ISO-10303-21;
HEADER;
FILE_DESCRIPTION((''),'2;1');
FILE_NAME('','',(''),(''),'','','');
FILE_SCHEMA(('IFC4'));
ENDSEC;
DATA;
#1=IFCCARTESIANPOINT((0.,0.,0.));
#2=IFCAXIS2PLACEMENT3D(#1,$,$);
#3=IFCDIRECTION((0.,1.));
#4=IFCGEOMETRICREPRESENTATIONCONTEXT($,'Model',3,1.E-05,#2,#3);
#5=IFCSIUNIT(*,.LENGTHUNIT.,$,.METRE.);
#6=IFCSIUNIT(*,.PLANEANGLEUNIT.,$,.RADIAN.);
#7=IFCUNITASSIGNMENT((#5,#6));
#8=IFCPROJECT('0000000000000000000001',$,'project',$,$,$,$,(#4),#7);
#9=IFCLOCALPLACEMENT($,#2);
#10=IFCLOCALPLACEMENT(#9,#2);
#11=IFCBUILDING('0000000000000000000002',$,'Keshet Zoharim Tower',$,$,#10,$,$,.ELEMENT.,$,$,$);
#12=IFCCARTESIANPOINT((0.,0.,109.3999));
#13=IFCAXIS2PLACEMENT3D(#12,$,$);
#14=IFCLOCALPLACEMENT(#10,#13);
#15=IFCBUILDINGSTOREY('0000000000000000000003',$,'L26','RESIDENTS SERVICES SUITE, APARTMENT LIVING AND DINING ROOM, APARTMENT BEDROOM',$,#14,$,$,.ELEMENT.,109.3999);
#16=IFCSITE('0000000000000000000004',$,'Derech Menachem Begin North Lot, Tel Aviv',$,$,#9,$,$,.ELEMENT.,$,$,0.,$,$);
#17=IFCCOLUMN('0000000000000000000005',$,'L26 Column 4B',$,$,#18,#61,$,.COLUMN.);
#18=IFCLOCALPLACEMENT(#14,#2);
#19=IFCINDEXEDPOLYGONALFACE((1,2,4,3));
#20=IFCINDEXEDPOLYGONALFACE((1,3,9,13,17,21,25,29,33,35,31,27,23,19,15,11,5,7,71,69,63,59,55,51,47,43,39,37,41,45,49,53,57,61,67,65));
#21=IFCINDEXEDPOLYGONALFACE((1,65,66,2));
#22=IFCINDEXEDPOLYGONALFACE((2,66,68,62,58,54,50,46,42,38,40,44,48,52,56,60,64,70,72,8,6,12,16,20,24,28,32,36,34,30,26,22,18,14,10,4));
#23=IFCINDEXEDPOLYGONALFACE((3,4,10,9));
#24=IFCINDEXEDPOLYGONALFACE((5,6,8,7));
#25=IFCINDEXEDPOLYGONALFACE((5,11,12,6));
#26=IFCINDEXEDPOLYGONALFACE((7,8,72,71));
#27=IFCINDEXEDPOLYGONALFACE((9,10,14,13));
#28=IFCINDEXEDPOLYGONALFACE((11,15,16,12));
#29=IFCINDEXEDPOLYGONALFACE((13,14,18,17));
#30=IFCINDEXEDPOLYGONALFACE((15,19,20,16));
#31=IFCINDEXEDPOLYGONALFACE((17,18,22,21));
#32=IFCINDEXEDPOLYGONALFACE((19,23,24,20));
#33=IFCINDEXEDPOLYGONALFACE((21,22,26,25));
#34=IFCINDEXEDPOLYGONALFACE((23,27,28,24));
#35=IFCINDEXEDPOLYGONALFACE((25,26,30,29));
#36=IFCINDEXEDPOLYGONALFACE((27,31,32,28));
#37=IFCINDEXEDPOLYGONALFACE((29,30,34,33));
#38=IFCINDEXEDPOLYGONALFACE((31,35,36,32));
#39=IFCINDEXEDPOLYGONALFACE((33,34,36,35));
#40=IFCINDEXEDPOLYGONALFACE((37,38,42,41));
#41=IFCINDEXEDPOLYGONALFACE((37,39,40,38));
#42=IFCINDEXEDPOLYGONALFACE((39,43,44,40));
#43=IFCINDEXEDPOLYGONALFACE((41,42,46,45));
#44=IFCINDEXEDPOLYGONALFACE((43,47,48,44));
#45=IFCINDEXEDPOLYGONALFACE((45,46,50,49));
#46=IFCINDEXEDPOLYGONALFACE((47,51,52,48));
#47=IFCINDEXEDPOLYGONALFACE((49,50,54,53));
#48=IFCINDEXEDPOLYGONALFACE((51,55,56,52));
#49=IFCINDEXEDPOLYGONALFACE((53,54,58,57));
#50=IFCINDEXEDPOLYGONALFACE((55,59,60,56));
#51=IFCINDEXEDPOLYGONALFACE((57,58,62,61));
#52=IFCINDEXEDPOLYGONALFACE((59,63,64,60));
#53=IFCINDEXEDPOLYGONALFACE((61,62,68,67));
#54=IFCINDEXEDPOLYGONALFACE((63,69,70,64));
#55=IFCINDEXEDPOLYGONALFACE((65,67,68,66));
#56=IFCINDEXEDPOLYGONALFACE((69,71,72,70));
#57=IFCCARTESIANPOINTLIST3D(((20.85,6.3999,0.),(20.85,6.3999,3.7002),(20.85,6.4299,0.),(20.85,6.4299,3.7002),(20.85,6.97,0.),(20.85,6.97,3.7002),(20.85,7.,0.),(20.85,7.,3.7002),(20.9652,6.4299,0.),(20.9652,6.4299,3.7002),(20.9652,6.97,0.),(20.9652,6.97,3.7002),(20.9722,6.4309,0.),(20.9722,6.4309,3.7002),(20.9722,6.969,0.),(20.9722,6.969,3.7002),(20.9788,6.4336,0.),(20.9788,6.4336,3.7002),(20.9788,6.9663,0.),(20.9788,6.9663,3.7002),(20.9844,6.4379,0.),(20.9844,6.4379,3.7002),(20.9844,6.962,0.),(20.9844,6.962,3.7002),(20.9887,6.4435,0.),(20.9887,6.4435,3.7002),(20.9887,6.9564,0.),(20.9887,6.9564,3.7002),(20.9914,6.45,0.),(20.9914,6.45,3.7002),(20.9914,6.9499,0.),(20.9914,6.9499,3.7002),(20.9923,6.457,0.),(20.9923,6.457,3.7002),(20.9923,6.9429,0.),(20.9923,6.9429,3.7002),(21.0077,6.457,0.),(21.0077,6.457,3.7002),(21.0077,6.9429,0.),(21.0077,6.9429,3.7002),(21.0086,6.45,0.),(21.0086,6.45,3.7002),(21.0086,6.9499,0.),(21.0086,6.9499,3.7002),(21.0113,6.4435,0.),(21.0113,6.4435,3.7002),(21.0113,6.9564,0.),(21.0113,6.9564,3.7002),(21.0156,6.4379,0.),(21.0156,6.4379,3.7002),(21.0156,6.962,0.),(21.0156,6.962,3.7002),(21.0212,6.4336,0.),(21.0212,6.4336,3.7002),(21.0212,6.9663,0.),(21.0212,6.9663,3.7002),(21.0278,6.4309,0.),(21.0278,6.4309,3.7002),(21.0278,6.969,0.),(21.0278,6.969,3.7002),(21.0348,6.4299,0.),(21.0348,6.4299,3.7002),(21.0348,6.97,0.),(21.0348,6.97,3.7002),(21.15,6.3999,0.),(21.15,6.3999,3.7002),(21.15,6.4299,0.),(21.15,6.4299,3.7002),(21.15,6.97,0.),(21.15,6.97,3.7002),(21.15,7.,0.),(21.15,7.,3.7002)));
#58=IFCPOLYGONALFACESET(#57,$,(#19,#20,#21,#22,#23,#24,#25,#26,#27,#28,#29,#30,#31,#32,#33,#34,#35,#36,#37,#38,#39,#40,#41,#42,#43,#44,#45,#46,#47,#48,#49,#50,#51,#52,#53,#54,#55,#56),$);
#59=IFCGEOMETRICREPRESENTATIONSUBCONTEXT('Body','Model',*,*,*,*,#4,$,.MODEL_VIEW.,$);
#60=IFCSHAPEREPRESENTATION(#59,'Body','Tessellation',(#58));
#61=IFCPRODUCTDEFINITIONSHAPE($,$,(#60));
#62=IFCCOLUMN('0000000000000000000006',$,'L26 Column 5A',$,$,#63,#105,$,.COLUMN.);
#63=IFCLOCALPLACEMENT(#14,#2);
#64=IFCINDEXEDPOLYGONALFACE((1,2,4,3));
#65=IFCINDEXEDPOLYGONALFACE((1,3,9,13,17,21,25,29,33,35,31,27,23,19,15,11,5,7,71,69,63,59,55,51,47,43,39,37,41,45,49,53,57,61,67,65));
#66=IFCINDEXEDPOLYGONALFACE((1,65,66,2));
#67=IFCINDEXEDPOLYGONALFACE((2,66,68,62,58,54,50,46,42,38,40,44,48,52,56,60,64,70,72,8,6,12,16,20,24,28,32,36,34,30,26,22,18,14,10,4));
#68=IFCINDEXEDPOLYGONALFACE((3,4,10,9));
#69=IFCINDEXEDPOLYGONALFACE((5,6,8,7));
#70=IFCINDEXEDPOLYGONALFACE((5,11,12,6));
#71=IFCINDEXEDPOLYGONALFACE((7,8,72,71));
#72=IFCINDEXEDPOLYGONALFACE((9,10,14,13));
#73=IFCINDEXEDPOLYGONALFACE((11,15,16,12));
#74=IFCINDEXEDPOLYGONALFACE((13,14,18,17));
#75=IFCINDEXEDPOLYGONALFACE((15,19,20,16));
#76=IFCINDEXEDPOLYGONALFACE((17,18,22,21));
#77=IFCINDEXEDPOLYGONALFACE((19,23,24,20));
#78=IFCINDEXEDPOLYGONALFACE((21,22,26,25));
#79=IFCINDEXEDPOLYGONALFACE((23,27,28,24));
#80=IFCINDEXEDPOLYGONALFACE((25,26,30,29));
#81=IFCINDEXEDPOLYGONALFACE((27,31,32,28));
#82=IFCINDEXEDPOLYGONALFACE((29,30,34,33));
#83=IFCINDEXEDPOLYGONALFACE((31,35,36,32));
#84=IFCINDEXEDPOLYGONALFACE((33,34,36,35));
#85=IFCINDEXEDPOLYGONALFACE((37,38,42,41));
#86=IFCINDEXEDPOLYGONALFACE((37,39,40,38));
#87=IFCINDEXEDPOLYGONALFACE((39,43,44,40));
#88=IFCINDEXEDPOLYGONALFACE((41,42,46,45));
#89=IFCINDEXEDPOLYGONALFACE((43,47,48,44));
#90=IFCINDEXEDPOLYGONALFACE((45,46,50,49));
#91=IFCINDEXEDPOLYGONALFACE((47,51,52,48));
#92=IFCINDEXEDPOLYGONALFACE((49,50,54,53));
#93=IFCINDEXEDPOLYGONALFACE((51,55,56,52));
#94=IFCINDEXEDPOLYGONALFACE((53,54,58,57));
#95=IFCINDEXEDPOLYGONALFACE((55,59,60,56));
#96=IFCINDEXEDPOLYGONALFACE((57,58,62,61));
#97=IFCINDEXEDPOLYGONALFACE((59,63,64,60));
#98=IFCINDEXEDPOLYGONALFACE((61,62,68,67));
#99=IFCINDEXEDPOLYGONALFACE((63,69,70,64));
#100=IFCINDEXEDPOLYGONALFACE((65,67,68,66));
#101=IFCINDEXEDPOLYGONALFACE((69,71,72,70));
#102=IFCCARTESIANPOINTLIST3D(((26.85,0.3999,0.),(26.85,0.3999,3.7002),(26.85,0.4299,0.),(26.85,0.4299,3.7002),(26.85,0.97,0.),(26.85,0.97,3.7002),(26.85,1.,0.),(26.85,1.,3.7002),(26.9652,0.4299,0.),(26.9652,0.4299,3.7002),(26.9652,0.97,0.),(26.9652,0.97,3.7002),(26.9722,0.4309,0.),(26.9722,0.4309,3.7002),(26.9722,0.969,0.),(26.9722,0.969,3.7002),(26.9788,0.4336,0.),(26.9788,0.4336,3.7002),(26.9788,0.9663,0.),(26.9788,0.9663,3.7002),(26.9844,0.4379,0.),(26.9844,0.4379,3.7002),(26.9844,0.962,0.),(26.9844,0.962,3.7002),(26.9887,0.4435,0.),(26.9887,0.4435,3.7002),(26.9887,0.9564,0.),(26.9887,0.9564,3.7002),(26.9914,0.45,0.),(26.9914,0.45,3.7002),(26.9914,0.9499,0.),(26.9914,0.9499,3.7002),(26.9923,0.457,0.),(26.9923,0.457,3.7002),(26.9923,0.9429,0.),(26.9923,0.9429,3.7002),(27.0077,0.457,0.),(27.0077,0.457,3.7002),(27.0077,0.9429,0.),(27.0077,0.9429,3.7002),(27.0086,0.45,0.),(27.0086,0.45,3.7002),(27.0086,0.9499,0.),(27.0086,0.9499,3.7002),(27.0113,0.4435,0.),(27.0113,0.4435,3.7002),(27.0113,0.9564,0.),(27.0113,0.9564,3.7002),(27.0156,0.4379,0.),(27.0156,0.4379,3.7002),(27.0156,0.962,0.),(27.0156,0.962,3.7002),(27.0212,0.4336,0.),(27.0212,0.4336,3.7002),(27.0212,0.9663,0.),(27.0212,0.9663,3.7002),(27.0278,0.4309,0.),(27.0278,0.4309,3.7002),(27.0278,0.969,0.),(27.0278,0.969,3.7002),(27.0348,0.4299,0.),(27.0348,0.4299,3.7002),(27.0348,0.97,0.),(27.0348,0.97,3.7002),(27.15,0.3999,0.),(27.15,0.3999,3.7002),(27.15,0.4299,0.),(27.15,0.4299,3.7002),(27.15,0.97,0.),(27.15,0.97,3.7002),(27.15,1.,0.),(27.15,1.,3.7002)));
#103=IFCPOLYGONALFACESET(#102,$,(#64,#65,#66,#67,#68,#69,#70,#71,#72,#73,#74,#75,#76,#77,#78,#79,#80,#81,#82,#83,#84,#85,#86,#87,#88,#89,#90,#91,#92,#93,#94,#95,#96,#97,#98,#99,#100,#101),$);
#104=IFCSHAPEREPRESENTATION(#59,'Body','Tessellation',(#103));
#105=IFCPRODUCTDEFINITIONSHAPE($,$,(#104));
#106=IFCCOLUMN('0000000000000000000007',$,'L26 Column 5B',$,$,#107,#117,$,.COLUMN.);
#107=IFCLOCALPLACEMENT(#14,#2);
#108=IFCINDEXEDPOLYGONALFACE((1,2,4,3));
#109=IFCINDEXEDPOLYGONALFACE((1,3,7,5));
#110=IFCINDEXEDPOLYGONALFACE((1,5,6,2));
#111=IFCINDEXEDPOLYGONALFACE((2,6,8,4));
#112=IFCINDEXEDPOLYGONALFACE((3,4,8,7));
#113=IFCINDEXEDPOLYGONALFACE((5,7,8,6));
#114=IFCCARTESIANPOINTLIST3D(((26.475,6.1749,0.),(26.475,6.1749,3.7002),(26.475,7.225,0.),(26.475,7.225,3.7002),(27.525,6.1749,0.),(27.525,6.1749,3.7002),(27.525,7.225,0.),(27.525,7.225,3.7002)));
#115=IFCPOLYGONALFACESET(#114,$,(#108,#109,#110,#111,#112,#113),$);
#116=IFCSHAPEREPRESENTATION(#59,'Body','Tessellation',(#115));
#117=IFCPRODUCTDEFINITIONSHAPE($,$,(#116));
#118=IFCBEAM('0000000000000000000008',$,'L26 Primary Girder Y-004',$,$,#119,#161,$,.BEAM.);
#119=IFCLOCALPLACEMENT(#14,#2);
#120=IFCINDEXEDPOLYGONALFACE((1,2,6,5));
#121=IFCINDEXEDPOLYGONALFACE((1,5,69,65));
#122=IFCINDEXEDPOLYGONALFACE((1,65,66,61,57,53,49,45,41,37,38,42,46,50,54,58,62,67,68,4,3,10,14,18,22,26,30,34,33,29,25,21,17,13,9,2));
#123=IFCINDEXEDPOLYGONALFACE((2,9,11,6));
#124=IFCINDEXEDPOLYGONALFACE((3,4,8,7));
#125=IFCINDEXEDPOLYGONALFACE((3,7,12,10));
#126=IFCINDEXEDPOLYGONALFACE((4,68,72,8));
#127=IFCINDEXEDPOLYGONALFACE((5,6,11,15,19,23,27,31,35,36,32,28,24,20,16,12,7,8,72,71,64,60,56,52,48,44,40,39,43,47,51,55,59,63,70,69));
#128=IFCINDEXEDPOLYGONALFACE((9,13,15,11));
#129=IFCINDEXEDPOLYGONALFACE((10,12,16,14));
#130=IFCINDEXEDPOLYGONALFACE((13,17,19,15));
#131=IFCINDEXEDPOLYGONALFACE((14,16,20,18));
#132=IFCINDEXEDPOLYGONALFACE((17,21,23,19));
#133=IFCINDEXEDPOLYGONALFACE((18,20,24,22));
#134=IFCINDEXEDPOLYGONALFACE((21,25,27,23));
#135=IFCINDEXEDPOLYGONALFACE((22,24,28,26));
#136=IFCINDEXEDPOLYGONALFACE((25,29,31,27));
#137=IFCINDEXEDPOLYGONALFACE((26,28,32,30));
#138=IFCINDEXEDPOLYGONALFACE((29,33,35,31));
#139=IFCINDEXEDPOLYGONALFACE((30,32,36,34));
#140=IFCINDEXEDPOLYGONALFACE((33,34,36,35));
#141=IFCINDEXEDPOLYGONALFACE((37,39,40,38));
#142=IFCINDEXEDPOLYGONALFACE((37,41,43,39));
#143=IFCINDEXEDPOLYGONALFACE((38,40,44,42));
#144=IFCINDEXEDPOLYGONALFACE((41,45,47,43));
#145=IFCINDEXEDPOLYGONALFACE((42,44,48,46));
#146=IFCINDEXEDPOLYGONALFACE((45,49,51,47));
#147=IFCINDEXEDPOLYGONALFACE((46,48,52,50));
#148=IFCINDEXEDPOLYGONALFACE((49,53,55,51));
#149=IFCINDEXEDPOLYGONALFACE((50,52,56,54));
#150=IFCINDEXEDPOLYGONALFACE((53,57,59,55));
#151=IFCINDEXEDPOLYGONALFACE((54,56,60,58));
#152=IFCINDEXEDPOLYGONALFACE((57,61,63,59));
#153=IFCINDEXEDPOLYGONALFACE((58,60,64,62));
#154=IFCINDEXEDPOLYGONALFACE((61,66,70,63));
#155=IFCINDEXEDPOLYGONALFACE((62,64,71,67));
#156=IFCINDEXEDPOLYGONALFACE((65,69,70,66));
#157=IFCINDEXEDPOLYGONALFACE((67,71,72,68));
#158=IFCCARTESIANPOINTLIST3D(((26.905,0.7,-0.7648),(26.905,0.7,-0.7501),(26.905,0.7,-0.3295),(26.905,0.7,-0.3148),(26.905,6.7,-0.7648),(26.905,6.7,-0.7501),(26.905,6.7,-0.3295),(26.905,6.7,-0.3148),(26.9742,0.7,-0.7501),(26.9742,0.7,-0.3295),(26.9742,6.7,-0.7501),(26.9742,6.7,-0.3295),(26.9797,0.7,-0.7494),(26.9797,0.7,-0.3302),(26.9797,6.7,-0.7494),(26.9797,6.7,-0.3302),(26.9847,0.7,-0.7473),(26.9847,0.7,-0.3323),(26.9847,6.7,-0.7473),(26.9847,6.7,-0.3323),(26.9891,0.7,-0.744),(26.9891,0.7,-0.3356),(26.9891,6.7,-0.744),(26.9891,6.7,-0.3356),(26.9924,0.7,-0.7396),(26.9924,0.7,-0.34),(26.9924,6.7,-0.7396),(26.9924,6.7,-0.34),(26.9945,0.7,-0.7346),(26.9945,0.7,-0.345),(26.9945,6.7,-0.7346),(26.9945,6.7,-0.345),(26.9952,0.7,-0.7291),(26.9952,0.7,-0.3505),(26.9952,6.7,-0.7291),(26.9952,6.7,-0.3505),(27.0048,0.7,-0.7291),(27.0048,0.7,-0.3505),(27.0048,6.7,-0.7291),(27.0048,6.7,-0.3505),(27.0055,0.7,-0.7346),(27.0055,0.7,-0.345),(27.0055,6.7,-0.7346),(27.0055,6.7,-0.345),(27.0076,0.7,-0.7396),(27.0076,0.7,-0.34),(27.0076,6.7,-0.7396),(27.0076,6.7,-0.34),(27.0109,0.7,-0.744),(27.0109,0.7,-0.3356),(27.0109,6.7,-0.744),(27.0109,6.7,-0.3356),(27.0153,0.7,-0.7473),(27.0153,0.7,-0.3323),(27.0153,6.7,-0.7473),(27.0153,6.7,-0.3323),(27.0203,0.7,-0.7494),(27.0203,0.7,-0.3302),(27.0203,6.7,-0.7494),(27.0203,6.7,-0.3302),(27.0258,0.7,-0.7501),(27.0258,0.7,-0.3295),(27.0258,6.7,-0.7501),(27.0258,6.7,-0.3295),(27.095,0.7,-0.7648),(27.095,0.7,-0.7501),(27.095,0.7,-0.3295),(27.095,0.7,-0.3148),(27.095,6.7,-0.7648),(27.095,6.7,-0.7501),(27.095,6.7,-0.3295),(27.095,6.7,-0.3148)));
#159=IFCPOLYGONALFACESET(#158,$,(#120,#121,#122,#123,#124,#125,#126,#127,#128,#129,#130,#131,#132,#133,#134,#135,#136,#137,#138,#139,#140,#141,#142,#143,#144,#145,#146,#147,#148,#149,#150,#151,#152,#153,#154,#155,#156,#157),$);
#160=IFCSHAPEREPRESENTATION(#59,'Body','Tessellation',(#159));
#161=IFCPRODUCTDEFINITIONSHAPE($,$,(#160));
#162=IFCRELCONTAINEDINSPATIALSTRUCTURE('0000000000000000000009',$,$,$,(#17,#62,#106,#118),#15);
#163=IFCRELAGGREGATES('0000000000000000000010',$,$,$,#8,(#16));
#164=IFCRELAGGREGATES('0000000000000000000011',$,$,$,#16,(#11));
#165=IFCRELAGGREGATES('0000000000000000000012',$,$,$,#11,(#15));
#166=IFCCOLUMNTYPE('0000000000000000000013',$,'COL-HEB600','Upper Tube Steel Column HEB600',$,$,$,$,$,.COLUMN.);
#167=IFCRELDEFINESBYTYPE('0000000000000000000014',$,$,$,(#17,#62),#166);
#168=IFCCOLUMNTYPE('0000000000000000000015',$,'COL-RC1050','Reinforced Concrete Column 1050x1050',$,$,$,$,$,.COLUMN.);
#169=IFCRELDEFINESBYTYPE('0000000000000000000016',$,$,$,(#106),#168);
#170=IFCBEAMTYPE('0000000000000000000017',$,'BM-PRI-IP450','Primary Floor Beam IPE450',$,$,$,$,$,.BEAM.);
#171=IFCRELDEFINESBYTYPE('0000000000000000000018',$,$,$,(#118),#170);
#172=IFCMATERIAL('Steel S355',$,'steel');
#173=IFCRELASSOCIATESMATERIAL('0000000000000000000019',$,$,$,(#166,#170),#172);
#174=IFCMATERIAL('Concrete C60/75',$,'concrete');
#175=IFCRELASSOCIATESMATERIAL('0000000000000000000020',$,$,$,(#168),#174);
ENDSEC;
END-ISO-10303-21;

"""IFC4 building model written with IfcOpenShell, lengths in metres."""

from ifc_helpers import new_model, si_unit, direction, frame, origin, origin_2d, place, context, subcontext, project, spatial, rectangle, i_section, extrude, material, material_profile, profile_set, type_object, element, save


model = new_model("IFC4")

# Units and contexts
model_context = context("Model", 3, precision=1e-05, world=origin(), true_north=direction((0.0, 1.0)))
body_context = subcontext(model_context, "Body", "Model", "MODEL_VIEW")
ifc_project = project(units=[si_unit("LENGTHUNIT", "METRE"), si_unit("PLANEANGLEUNIT", "RADIAN")], contexts=[model_context])

# Site, building, storey
site_placement = place(None, origin())
site = spatial("IfcSite", under=ifc_project, at=site_placement, Name="Derech Menachem Begin North Lot, Tel Aviv", CompositionType="ELEMENT", RefElevation=0.0)
building_placement = place(site_placement, origin())
building = spatial("IfcBuilding", under=site, at=building_placement, Name="Keshet Zoharim Tower", CompositionType="ELEMENT")
storey_placement = place(building_placement, frame((0.0, 0.0, 109.3999)))
storey = spatial("IfcBuildingStorey", under=building, at=storey_placement, Name="L26", Description="RESIDENTS SERVICES SUITE, APARTMENT LIVING AND DINING ROOM, APARTMENT BEDROOM", CompositionType="ELEMENT", Elevation=109.3999)

# Columns
ifc_material_1 = material(Name="Steel S355", Category="steel")
ifc_material_profile_1 = material_profile(ifc_material_1, i_section(OverallWidth=0.3, OverallDepth=0.6001, WebThickness=0.0154, FlangeThickness=0.03, FilletRadius=0.0271, at=origin_2d()), Name="HEB600")
ifc_profile_set_1 = profile_set([ifc_material_profile_1], Name="Steel S355")
column_type_1 = type_object("IfcColumnType", Name="COL-HEB600", Description="Upper Tube Steel Column HEB600", PredefinedType="COLUMN", material=ifc_profile_set_1)
for number, where, z_axis, x_axis, name in (
    (1, (21.0, 6.7, 0.0), (0.0, 0.0, 1.0), (1.0, 0.0, 0.0), "L26 Column 4B"),
    (2, (27.0, 0.7, 0.0), (0.0, 0.0, 1.0), (1.0, 0.0, 0.0), "L26 Column 5A"),
):
    element("IfcColumn", number, at=place(storey_placement, frame(where, z_axis=z_axis, x_axis=x_axis)), inside=storey, type_object=column_type_1, Name=name, PredefinedType="COLUMN", context=body_context, shape_type="SweptSolid", body=[
        extrude(i_section(OverallWidth=0.3, OverallDepth=0.6001, WebThickness=0.0154, FlangeThickness=0.03, FilletRadius=0.0271, at=origin_2d()), origin(), (0.0, 0.0, 1.0), 3.7002),
    ])
ifc_material_2 = material(Name="Concrete C60/75", Category="concrete")
ifc_material_profile_2 = material_profile(ifc_material_2, rectangle(XDim=1.05, YDim=1.05, at=origin_2d()), Name="RC1050x1050")
ifc_profile_set_2 = profile_set([ifc_material_profile_2], Name="Concrete C60/75")
column_type_2 = type_object("IfcColumnType", Name="COL-RC1050", Description="Reinforced Concrete Column 1050x1050", PredefinedType="COLUMN", material=ifc_profile_set_2)
column_placement = place(storey_placement, frame((27.0, 6.7, 0.0), z_axis=(0.0, 0.0, 1.0), x_axis=(1.0, 0.0, 0.0)))
element("IfcColumn", 3, at=column_placement, inside=storey, type_object=column_type_2, Name="L26 Column 5B", PredefinedType="COLUMN", context=body_context, shape_type="SweptSolid", body=[
    extrude(rectangle(XDim=1.05, YDim=1.05, at=origin_2d()), origin(), (0.0, 0.0, 1.0), 3.7002),
])

# Beam
ifc_material_profile_3 = material_profile(ifc_material_1, i_section(OverallWidth=0.1899, OverallDepth=0.45, WebThickness=0.0095, FlangeThickness=0.0146, FilletRadius=0.021, at=origin_2d()), Name="IPE450")
ifc_profile_set_3 = profile_set([ifc_material_profile_3], Name="Steel S355")
beam_type_1 = type_object("IfcBeamType", Name="BM-PRI-IP450", Description="Primary Floor Beam IPE450", PredefinedType="BEAM", material=ifc_profile_set_3)
beam_1_placement = place(storey_placement, frame((27.0, 0.7, -0.5398), z_axis=(0.0, 1.0, 0.0), x_axis=(-1.0, 0.0, 0.0)))
element("IfcBeam", 4, at=beam_1_placement, inside=storey, type_object=beam_type_1, Name="L26 Primary Girder Y-004", PredefinedType="BEAM", context=body_context, shape_type="SweptSolid", body=[
    extrude(i_section(OverallWidth=0.1899, OverallDepth=0.45, WebThickness=0.0095, FlangeThickness=0.0146, FilletRadius=0.021, at=origin_2d()), origin(), (0.0, 0.0, 1.0), 6.0),
])

save(model, "model.ifc")
